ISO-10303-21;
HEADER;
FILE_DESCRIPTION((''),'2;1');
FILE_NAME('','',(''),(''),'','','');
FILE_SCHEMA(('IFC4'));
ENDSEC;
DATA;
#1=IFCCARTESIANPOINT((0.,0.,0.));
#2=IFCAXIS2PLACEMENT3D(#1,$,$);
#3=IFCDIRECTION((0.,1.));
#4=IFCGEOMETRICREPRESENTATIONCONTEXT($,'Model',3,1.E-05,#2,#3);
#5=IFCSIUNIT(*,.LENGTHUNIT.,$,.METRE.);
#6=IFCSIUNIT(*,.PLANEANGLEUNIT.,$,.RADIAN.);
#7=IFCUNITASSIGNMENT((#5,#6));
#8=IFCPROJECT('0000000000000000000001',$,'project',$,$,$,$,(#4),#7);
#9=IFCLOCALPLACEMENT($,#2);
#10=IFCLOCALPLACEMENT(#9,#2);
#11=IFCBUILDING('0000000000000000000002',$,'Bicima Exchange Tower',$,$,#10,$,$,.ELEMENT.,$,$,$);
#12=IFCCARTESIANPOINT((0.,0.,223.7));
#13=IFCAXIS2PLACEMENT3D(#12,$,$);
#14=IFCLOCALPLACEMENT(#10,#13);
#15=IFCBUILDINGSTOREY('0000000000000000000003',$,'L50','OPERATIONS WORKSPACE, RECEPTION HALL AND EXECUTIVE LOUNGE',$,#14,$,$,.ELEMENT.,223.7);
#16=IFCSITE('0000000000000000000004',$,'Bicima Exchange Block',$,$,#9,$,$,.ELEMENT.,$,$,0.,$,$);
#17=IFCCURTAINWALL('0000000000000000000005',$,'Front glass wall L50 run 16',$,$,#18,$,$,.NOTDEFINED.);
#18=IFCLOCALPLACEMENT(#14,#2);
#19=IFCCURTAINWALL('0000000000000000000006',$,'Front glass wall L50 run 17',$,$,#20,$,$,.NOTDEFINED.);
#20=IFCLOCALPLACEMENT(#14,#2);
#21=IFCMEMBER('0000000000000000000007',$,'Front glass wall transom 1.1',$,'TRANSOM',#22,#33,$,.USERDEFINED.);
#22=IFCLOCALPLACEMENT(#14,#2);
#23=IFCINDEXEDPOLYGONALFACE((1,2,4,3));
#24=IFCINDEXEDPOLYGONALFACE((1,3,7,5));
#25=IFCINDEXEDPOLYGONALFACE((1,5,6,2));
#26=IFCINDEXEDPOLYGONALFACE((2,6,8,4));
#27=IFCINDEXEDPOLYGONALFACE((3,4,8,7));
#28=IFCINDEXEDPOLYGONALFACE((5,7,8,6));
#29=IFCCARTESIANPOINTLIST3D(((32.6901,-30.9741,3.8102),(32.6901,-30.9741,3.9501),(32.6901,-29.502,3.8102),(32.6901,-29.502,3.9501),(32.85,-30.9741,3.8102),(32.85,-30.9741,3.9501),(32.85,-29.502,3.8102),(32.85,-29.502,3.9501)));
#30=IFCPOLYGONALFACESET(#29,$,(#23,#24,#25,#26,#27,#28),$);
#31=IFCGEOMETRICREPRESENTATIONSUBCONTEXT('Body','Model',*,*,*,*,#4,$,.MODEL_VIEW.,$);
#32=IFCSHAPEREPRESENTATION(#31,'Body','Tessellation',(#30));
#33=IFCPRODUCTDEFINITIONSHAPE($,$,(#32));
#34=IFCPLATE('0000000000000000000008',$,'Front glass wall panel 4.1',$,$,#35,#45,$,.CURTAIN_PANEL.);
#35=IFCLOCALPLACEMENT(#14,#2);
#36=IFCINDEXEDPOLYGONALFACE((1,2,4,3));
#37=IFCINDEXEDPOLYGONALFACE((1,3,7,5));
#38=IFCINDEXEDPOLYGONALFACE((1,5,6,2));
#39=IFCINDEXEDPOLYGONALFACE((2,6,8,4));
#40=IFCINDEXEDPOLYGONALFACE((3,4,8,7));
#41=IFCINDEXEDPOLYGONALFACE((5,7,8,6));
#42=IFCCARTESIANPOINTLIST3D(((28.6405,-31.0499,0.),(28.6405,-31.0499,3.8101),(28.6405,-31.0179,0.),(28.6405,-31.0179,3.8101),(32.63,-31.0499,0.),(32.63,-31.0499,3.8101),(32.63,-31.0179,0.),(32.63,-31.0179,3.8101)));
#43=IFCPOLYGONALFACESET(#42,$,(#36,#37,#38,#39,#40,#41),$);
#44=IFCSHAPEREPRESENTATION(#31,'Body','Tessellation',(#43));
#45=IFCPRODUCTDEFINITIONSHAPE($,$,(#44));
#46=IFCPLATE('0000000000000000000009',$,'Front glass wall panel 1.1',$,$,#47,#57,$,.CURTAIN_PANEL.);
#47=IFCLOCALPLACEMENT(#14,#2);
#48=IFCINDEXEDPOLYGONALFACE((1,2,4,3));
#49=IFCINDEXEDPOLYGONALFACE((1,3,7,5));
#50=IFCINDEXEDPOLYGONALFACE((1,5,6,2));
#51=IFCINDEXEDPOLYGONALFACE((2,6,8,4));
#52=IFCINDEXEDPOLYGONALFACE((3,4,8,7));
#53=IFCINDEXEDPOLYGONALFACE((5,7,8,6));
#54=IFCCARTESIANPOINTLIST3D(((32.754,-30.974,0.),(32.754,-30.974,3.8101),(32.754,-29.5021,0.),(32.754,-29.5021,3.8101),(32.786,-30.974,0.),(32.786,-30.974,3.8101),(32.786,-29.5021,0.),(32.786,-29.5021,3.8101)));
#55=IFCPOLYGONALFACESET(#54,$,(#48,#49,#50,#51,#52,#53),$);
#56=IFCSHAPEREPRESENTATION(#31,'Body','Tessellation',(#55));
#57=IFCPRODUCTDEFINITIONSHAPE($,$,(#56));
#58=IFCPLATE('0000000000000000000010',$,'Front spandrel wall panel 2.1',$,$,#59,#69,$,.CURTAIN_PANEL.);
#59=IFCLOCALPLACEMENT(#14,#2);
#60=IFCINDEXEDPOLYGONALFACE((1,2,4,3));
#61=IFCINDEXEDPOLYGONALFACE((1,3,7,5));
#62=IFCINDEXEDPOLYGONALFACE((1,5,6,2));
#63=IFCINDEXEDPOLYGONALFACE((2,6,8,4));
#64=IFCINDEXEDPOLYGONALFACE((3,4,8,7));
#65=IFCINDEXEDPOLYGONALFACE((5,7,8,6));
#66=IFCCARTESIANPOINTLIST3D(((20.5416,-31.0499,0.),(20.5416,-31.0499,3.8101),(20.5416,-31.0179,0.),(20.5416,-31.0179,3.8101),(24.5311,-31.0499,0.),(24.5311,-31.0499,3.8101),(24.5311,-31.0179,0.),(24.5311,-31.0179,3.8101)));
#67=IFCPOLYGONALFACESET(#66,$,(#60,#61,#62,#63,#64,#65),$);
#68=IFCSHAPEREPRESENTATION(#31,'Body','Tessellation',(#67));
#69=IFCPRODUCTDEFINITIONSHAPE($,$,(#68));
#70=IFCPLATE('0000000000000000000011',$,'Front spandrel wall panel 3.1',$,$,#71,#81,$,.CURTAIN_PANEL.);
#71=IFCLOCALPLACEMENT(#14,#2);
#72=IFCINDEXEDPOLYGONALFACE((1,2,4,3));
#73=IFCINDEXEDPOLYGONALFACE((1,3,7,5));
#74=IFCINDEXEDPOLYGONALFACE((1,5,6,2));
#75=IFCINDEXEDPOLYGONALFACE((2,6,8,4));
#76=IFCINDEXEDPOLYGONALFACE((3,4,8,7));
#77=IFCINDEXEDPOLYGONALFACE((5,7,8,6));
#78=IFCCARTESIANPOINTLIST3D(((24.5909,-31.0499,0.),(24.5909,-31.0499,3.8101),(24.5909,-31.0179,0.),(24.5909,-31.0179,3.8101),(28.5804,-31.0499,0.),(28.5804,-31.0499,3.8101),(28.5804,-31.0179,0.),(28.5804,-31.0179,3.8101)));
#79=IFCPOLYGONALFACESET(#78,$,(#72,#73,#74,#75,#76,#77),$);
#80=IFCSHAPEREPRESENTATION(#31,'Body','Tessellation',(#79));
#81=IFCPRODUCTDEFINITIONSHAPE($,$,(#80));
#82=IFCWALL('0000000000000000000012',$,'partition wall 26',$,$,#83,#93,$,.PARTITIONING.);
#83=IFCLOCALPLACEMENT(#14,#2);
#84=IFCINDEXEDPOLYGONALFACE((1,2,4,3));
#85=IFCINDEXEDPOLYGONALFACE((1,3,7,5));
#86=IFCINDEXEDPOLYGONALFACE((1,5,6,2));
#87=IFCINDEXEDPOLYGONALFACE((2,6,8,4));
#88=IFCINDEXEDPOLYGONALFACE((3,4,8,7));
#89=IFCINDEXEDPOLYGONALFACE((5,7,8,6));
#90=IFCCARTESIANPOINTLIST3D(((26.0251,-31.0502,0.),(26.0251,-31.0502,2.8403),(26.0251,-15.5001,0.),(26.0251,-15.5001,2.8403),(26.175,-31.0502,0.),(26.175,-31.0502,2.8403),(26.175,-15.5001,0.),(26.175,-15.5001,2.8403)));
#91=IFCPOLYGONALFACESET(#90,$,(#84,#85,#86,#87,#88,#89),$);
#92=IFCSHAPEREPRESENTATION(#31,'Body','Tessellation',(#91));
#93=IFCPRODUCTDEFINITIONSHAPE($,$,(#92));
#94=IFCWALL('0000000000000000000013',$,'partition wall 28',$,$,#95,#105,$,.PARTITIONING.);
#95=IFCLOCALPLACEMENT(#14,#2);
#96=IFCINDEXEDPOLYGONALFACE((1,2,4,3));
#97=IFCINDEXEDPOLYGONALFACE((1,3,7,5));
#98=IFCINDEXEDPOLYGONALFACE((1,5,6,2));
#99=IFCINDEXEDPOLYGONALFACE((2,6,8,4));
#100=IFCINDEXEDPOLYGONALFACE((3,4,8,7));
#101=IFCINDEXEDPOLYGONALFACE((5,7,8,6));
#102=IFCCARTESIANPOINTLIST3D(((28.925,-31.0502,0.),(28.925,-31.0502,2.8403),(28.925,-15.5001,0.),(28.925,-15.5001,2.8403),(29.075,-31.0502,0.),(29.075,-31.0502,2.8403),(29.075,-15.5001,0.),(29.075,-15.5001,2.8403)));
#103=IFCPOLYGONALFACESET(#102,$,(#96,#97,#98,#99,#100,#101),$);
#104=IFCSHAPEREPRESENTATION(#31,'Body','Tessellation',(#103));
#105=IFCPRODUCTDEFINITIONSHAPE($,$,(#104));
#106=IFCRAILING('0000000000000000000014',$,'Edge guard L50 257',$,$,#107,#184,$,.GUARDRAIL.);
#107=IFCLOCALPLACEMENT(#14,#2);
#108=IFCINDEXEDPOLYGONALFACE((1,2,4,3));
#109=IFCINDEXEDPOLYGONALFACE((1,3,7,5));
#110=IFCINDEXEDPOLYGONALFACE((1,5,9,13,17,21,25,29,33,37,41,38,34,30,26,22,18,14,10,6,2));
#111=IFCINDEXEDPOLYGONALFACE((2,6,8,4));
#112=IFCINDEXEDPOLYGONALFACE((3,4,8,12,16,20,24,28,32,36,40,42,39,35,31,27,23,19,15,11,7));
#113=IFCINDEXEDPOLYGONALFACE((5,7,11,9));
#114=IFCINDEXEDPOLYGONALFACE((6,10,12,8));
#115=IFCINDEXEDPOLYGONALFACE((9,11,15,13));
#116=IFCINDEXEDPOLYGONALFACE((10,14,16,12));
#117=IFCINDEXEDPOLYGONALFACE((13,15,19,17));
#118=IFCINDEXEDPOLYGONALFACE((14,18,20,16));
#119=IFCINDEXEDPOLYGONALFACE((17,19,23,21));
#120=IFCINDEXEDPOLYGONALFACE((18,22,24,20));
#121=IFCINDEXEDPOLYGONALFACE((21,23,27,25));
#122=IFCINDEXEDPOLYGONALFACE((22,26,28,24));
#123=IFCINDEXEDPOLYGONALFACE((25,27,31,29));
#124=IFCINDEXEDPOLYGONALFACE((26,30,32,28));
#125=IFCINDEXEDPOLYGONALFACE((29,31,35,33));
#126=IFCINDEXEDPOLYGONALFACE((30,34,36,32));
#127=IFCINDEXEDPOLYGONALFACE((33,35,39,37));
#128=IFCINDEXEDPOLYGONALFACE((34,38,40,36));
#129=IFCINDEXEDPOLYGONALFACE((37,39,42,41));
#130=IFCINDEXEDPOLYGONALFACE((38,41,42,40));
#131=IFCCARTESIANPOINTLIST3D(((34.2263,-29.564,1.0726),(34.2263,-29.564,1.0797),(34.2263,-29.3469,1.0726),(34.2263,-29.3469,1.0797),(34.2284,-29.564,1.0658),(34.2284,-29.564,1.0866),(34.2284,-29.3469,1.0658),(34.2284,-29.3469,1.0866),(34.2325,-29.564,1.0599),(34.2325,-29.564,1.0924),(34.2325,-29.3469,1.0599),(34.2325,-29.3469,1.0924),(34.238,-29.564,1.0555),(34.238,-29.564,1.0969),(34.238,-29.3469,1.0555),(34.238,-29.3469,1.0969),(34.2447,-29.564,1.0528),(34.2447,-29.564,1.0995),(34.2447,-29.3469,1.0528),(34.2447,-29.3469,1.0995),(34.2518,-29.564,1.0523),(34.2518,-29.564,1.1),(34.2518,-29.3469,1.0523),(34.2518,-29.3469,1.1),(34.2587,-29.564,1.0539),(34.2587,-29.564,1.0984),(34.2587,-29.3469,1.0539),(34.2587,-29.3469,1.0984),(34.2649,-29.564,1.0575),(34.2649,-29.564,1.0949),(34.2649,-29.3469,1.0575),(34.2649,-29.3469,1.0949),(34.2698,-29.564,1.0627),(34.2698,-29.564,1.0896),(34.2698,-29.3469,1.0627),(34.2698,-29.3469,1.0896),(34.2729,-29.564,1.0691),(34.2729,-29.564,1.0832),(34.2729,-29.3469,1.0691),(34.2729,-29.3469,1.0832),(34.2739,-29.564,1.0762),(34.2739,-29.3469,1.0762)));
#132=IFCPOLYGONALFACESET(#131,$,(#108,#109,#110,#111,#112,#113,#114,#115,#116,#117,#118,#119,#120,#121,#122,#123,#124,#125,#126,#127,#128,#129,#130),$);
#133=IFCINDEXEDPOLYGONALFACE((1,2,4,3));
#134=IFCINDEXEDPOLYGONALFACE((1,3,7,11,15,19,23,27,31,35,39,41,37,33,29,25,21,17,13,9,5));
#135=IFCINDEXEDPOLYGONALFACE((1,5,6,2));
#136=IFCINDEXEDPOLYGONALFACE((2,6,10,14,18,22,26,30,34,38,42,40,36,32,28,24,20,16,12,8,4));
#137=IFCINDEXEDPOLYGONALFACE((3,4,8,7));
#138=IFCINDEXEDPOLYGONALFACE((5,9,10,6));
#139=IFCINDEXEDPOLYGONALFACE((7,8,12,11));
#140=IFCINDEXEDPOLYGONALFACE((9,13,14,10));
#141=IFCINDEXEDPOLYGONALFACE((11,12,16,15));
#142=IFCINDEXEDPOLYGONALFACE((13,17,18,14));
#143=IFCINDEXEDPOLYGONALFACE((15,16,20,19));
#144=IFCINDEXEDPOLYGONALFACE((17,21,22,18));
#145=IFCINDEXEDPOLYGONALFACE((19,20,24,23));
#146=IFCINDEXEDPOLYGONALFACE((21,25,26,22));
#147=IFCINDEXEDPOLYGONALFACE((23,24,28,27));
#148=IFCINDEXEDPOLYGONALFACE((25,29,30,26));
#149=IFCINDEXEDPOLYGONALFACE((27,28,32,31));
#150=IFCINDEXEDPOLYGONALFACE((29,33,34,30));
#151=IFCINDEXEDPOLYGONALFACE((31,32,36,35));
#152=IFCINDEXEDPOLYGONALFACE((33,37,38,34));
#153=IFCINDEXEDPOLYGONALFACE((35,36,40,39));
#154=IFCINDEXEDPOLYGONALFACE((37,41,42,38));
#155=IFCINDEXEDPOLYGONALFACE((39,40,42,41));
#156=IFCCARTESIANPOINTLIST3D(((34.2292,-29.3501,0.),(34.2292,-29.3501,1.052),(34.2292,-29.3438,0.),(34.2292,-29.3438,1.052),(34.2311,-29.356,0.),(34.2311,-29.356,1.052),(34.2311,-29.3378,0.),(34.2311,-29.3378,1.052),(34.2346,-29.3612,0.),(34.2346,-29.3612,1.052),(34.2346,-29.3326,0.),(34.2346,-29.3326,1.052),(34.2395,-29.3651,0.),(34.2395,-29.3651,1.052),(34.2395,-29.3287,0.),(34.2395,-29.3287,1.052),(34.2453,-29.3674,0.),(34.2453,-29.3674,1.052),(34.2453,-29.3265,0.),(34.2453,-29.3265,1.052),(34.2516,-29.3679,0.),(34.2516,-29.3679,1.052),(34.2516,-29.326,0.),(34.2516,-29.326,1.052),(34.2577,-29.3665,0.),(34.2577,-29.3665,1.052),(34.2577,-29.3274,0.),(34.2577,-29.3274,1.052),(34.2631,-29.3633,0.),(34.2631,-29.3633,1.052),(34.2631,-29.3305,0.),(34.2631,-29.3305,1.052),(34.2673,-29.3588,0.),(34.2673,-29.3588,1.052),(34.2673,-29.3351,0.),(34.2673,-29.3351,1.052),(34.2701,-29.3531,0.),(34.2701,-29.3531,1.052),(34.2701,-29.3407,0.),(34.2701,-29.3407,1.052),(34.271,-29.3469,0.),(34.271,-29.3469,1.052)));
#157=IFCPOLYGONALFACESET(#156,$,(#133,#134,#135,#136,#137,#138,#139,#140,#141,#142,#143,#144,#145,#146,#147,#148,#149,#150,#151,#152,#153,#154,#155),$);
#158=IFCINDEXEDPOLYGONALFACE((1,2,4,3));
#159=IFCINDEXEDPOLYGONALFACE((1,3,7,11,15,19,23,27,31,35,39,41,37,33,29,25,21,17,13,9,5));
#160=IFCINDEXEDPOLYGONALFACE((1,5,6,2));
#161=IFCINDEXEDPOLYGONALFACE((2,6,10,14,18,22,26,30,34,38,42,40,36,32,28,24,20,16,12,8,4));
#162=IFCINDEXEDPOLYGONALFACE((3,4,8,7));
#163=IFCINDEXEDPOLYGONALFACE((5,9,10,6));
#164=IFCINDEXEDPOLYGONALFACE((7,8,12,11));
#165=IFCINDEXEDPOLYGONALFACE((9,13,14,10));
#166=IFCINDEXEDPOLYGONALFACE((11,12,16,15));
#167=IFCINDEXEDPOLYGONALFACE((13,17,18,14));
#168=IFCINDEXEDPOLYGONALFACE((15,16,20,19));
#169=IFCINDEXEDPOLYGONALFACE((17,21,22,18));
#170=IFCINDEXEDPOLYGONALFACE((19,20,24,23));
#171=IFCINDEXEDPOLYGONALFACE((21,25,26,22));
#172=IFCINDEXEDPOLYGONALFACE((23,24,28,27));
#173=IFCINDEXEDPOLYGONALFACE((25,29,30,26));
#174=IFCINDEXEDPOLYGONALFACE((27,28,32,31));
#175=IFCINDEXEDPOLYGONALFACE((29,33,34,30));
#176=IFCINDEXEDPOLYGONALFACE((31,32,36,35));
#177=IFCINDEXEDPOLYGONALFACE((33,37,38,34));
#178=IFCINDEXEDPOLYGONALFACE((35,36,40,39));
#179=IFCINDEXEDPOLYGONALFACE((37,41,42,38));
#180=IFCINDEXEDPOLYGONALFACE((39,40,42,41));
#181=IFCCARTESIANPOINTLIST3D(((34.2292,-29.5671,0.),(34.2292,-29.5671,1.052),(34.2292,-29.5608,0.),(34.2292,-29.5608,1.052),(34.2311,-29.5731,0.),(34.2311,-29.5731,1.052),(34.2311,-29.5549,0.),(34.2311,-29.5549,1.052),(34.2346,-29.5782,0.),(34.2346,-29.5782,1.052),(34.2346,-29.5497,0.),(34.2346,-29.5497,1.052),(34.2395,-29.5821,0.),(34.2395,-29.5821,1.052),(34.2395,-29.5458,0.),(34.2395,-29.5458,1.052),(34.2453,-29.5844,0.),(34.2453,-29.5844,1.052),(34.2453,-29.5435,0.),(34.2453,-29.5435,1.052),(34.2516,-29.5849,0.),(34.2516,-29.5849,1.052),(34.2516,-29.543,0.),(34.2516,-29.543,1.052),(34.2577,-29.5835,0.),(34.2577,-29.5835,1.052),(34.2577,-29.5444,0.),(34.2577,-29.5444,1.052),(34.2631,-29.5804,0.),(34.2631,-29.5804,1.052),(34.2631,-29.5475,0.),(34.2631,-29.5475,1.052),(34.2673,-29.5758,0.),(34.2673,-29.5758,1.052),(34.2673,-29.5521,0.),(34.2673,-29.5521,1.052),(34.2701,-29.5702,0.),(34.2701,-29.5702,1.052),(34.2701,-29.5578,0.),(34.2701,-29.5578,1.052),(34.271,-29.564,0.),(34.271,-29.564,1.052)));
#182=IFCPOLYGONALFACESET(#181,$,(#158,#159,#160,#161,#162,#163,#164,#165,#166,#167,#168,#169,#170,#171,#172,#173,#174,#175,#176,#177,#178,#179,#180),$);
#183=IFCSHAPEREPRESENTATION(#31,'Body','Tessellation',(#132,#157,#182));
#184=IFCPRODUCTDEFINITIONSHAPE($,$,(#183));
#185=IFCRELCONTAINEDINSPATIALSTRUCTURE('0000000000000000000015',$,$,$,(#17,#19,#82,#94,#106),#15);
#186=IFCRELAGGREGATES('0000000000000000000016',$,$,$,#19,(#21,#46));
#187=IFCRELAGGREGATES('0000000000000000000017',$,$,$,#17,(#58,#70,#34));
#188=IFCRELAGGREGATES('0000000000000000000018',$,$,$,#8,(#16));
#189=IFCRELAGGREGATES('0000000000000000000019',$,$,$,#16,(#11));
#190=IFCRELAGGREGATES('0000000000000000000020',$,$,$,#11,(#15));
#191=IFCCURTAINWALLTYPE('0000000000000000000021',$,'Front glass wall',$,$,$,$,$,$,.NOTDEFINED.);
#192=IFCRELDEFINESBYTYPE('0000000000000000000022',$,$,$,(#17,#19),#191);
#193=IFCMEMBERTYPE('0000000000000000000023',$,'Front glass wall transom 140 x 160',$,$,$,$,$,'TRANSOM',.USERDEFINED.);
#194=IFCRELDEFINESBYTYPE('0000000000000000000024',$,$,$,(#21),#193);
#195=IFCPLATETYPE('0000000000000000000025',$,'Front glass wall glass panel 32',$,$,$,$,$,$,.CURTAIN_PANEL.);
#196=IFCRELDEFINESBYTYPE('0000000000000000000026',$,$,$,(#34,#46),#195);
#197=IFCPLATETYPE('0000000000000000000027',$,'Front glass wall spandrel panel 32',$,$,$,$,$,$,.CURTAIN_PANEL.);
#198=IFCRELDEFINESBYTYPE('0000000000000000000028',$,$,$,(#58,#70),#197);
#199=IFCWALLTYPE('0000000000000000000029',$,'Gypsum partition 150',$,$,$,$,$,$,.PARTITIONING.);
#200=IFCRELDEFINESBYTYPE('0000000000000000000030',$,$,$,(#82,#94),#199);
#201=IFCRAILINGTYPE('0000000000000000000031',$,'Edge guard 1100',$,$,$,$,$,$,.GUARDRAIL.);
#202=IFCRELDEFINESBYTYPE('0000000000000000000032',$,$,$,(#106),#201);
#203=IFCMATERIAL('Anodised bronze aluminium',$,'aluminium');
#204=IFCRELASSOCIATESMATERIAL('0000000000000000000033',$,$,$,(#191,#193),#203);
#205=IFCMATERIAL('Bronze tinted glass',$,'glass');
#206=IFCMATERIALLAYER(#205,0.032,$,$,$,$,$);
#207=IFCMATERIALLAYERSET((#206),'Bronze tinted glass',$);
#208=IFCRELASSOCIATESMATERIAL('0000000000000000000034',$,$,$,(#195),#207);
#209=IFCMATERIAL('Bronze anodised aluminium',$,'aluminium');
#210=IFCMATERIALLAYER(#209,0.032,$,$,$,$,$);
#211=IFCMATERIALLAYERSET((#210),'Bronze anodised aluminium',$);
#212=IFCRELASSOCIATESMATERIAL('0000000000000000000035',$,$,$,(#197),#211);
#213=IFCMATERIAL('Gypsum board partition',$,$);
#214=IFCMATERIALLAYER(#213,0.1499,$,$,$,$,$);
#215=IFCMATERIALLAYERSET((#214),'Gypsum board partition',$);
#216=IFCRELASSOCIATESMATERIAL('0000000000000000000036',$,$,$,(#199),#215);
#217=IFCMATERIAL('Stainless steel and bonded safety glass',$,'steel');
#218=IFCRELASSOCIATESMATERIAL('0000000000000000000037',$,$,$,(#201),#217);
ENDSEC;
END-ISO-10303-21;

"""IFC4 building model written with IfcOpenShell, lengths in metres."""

from ifc_helpers import new_model, si_unit, direction, frame, frame_2d, origin, origin_2d, place, context, subcontext, project, spatial, rectangle, circle, extrude, material, layer, layer_set, material_profile, profile_set, type_object, element, aggregate, save


model = new_model("IFC4")

# Units and contexts
model_context = context("Model", 3, precision=1e-05, world=origin(), true_north=direction((0.0, 1.0)))
body_context = subcontext(model_context, "Body", "Model", "MODEL_VIEW")
ifc_project = project(units=[si_unit("LENGTHUNIT", "METRE"), si_unit("PLANEANGLEUNIT", "RADIAN")], contexts=[model_context])

# Site, building, storey
site_placement = place(None, origin())
site = spatial("IfcSite", under=ifc_project, at=site_placement, Name="Bicima Exchange Block", CompositionType="ELEMENT", RefElevation=0.0)
building_placement = place(site_placement, origin())
building = spatial("IfcBuilding", under=site, at=building_placement, Name="Bicima Exchange Tower", CompositionType="ELEMENT")
storey_placement = place(building_placement, frame((0.0, 0.0, 223.7)))
storey = spatial("IfcBuildingStorey", under=building, at=storey_placement, Name="L50", Description="OPERATIONS WORKSPACE, RECEPTION HALL AND EXECUTIVE LOUNGE", CompositionType="ELEMENT", Elevation=223.7)

# Curtain walls
ifc_material_1 = material(Name="Anodised bronze aluminium", Category="aluminium")
curtain_wall_type = type_object("IfcCurtainWallType", Name="Front glass wall", PredefinedType="NOTDEFINED", material=ifc_material_1)
curtain_wall_1_placement = place(storey_placement, origin())
curtain_wall_1 = element("IfcCurtainWall", 1, at=curtain_wall_1_placement, inside=storey, type_object=curtain_wall_type, Name="Front glass wall L50 run 16", PredefinedType="NOTDEFINED")
curtain_wall_2_placement = place(storey_placement, origin())
curtain_wall_2 = element("IfcCurtainWall", 2, at=curtain_wall_2_placement, inside=storey, type_object=curtain_wall_type, Name="Front glass wall L50 run 17", PredefinedType="NOTDEFINED")

# Member
ifc_material_profile_1 = material_profile(ifc_material_1, rectangle(XDim=0.1599, YDim=0.1399, at=origin_2d()))
ifc_profile_set_1 = profile_set([ifc_material_profile_1], Name="Anodised bronze aluminium")
member_type_1 = type_object("IfcMemberType", Name="Front glass wall transom 140 x 160", ElementType="TRANSOM", PredefinedType="USERDEFINED", material=ifc_profile_set_1)
member_1_placement = place(storey_placement, frame((32.77, -30.9741, 3.8801), z_axis=(0.0, 1.0, 0.0), x_axis=(-1.0, 0.0, 0.0)))
member_1 = element("IfcMember", 3, at=member_1_placement, type_object=member_type_1, Name="Front glass wall transom 1.1", ObjectType="TRANSOM", PredefinedType="USERDEFINED", context=body_context, shape_type="SweptSolid", body=[
    extrude(rectangle(XDim=0.1599, YDim=0.1399, at=origin_2d()), origin(), (0.0, 0.0, 1.0), 1.4722),
])

# Plates
ifc_material_2 = material(Name="Bronze tinted glass", Category="glass")
ifc_layer_1 = layer(ifc_material_2, 0.032)
ifc_layer_set_1 = layer_set([ifc_layer_1], Name="Bronze tinted glass")
plate_type_1 = type_object("IfcPlateType", Name="Front glass wall glass panel 32", PredefinedType="CURTAIN_PANEL", material=ifc_layer_set_1)
plate_1_placement = place(storey_placement, frame((30.6353, -31.0339, 0.0), z_axis=(0.0, 0.0, 1.0), x_axis=(1.0, 0.0, 0.0)))
plate_1 = element("IfcPlate", 4, at=plate_1_placement, type_object=plate_type_1, Name="Front glass wall panel 4.1", PredefinedType="CURTAIN_PANEL", context=body_context, shape_type="SweptSolid", body=[
    extrude(rectangle(XDim=3.9895, YDim=0.032, at=origin_2d()), origin(), (0.0, 0.0, 1.0), 3.8101),
])
plate_2_placement = place(storey_placement, frame((32.77, -30.238, 0.0), z_axis=(0.0, 0.0, 1.0), x_axis=(0.0, 1.0, 0.0)))
plate_2 = element("IfcPlate", 5, at=plate_2_placement, type_object=plate_type_1, Name="Front glass wall panel 1.1", PredefinedType="CURTAIN_PANEL", context=body_context, shape_type="SweptSolid", body=[
    extrude(rectangle(XDim=1.4719, YDim=0.032, at=origin_2d()), origin(), (0.0, 0.0, 1.0), 3.8101),
])
aggregate(curtain_wall_2, [member_1, plate_2])
ifc_material_3 = material(Name="Bronze anodised aluminium", Category="aluminium")
ifc_layer_2 = layer(ifc_material_3, 0.032)
ifc_layer_set_2 = layer_set([ifc_layer_2], Name="Bronze anodised aluminium")
plate_type_2 = type_object("IfcPlateType", Name="Front glass wall spandrel panel 32", PredefinedType="CURTAIN_PANEL", material=ifc_layer_set_2)
plate_3_placement = place(storey_placement, frame((22.5364, -31.0339, 0.0), z_axis=(0.0, 0.0, 1.0), x_axis=(1.0, 0.0, 0.0)))
plate_3 = element("IfcPlate", 6, at=plate_3_placement, type_object=plate_type_2, Name="Front spandrel wall panel 2.1", PredefinedType="CURTAIN_PANEL", context=body_context, shape_type="SweptSolid", body=[
    extrude(rectangle(XDim=3.9895, YDim=0.032, at=origin_2d()), origin(), (0.0, 0.0, 1.0), 3.8101),
])
plate_4_placement = place(storey_placement, frame((26.5857, -31.0339, 0.0), z_axis=(0.0, 0.0, 1.0), x_axis=(1.0, 0.0, 0.0)))
plate_4 = element("IfcPlate", 7, at=plate_4_placement, type_object=plate_type_2, Name="Front spandrel wall panel 3.1", PredefinedType="CURTAIN_PANEL", context=body_context, shape_type="SweptSolid", body=[
    extrude(rectangle(XDim=3.9895, YDim=0.032, at=origin_2d()), origin(), (0.0, 0.0, 1.0), 3.8101),
])
aggregate(curtain_wall_1, [plate_3, plate_4, plate_1])

# Walls
ifc_material_4 = material(Name="Gypsum board partition")
ifc_layer_3 = layer(ifc_material_4, 0.1499)
ifc_layer_set_3 = layer_set([ifc_layer_3], Name="Gypsum board partition")
wall_type = type_object("IfcWallType", Name="Gypsum partition 150", PredefinedType="PARTITIONING", material=ifc_layer_set_3)
for number, where, z_axis, x_axis, name in (
    (8, (26.1001, -31.05, 0.0), (0.0, 0.0, 1.0), (0.0, 1.0, 0.0), "partition wall 26"),
    (9, (29.0, -31.05, 0.0), (0.0, 0.0, 1.0), (0.0, 1.0, 0.0), "partition wall 28"),
):
    element("IfcWall", number, at=place(storey_placement, frame(where, z_axis=z_axis, x_axis=x_axis)), inside=storey, type_object=wall_type, Name=name, PredefinedType="PARTITIONING", context=body_context, shape_type="SweptSolid", body=[
        extrude(rectangle(XDim=15.55, YDim=0.1499, at=frame_2d((7.7749, 0.0))), origin(), (0.0, 0.0, 1.0), 2.8403),
    ])

# Railing
ifc_material_5 = material(Name="Stainless steel and bonded safety glass", Category="steel")
railing_type = type_object("IfcRailingType", Name="Edge guard 1100", PredefinedType="GUARDRAIL", material=ifc_material_5)
railing_1_placement = place(storey_placement, frame((34.25, -29.3469, 0.0)))
element("IfcRailing", 10, at=railing_1_placement, inside=storey, type_object=railing_type, Name="Edge guard L50 257", PredefinedType="GUARDRAIL", context=body_context, shape_type="SweptSolid", body=[
    extrude(circle(Radius=0.0239, at=origin_2d()), frame((0.0, 0.0, 1.0762), z_axis=(0.0, -1.0, 0.0), x_axis=(1.0, 0.0, 0.0)), (0.0, 0.0, 1.0), 0.217),
    extrude(circle(Radius=0.021, at=origin_2d()), origin(), (0.0, 0.0, 1.0), 1.052),
    extrude(circle(Radius=0.021, at=origin_2d()), frame((0.0, -0.217, 0.0)), (0.0, 0.0, 1.0), 1.052),
])

save(model, "model.ifc")
